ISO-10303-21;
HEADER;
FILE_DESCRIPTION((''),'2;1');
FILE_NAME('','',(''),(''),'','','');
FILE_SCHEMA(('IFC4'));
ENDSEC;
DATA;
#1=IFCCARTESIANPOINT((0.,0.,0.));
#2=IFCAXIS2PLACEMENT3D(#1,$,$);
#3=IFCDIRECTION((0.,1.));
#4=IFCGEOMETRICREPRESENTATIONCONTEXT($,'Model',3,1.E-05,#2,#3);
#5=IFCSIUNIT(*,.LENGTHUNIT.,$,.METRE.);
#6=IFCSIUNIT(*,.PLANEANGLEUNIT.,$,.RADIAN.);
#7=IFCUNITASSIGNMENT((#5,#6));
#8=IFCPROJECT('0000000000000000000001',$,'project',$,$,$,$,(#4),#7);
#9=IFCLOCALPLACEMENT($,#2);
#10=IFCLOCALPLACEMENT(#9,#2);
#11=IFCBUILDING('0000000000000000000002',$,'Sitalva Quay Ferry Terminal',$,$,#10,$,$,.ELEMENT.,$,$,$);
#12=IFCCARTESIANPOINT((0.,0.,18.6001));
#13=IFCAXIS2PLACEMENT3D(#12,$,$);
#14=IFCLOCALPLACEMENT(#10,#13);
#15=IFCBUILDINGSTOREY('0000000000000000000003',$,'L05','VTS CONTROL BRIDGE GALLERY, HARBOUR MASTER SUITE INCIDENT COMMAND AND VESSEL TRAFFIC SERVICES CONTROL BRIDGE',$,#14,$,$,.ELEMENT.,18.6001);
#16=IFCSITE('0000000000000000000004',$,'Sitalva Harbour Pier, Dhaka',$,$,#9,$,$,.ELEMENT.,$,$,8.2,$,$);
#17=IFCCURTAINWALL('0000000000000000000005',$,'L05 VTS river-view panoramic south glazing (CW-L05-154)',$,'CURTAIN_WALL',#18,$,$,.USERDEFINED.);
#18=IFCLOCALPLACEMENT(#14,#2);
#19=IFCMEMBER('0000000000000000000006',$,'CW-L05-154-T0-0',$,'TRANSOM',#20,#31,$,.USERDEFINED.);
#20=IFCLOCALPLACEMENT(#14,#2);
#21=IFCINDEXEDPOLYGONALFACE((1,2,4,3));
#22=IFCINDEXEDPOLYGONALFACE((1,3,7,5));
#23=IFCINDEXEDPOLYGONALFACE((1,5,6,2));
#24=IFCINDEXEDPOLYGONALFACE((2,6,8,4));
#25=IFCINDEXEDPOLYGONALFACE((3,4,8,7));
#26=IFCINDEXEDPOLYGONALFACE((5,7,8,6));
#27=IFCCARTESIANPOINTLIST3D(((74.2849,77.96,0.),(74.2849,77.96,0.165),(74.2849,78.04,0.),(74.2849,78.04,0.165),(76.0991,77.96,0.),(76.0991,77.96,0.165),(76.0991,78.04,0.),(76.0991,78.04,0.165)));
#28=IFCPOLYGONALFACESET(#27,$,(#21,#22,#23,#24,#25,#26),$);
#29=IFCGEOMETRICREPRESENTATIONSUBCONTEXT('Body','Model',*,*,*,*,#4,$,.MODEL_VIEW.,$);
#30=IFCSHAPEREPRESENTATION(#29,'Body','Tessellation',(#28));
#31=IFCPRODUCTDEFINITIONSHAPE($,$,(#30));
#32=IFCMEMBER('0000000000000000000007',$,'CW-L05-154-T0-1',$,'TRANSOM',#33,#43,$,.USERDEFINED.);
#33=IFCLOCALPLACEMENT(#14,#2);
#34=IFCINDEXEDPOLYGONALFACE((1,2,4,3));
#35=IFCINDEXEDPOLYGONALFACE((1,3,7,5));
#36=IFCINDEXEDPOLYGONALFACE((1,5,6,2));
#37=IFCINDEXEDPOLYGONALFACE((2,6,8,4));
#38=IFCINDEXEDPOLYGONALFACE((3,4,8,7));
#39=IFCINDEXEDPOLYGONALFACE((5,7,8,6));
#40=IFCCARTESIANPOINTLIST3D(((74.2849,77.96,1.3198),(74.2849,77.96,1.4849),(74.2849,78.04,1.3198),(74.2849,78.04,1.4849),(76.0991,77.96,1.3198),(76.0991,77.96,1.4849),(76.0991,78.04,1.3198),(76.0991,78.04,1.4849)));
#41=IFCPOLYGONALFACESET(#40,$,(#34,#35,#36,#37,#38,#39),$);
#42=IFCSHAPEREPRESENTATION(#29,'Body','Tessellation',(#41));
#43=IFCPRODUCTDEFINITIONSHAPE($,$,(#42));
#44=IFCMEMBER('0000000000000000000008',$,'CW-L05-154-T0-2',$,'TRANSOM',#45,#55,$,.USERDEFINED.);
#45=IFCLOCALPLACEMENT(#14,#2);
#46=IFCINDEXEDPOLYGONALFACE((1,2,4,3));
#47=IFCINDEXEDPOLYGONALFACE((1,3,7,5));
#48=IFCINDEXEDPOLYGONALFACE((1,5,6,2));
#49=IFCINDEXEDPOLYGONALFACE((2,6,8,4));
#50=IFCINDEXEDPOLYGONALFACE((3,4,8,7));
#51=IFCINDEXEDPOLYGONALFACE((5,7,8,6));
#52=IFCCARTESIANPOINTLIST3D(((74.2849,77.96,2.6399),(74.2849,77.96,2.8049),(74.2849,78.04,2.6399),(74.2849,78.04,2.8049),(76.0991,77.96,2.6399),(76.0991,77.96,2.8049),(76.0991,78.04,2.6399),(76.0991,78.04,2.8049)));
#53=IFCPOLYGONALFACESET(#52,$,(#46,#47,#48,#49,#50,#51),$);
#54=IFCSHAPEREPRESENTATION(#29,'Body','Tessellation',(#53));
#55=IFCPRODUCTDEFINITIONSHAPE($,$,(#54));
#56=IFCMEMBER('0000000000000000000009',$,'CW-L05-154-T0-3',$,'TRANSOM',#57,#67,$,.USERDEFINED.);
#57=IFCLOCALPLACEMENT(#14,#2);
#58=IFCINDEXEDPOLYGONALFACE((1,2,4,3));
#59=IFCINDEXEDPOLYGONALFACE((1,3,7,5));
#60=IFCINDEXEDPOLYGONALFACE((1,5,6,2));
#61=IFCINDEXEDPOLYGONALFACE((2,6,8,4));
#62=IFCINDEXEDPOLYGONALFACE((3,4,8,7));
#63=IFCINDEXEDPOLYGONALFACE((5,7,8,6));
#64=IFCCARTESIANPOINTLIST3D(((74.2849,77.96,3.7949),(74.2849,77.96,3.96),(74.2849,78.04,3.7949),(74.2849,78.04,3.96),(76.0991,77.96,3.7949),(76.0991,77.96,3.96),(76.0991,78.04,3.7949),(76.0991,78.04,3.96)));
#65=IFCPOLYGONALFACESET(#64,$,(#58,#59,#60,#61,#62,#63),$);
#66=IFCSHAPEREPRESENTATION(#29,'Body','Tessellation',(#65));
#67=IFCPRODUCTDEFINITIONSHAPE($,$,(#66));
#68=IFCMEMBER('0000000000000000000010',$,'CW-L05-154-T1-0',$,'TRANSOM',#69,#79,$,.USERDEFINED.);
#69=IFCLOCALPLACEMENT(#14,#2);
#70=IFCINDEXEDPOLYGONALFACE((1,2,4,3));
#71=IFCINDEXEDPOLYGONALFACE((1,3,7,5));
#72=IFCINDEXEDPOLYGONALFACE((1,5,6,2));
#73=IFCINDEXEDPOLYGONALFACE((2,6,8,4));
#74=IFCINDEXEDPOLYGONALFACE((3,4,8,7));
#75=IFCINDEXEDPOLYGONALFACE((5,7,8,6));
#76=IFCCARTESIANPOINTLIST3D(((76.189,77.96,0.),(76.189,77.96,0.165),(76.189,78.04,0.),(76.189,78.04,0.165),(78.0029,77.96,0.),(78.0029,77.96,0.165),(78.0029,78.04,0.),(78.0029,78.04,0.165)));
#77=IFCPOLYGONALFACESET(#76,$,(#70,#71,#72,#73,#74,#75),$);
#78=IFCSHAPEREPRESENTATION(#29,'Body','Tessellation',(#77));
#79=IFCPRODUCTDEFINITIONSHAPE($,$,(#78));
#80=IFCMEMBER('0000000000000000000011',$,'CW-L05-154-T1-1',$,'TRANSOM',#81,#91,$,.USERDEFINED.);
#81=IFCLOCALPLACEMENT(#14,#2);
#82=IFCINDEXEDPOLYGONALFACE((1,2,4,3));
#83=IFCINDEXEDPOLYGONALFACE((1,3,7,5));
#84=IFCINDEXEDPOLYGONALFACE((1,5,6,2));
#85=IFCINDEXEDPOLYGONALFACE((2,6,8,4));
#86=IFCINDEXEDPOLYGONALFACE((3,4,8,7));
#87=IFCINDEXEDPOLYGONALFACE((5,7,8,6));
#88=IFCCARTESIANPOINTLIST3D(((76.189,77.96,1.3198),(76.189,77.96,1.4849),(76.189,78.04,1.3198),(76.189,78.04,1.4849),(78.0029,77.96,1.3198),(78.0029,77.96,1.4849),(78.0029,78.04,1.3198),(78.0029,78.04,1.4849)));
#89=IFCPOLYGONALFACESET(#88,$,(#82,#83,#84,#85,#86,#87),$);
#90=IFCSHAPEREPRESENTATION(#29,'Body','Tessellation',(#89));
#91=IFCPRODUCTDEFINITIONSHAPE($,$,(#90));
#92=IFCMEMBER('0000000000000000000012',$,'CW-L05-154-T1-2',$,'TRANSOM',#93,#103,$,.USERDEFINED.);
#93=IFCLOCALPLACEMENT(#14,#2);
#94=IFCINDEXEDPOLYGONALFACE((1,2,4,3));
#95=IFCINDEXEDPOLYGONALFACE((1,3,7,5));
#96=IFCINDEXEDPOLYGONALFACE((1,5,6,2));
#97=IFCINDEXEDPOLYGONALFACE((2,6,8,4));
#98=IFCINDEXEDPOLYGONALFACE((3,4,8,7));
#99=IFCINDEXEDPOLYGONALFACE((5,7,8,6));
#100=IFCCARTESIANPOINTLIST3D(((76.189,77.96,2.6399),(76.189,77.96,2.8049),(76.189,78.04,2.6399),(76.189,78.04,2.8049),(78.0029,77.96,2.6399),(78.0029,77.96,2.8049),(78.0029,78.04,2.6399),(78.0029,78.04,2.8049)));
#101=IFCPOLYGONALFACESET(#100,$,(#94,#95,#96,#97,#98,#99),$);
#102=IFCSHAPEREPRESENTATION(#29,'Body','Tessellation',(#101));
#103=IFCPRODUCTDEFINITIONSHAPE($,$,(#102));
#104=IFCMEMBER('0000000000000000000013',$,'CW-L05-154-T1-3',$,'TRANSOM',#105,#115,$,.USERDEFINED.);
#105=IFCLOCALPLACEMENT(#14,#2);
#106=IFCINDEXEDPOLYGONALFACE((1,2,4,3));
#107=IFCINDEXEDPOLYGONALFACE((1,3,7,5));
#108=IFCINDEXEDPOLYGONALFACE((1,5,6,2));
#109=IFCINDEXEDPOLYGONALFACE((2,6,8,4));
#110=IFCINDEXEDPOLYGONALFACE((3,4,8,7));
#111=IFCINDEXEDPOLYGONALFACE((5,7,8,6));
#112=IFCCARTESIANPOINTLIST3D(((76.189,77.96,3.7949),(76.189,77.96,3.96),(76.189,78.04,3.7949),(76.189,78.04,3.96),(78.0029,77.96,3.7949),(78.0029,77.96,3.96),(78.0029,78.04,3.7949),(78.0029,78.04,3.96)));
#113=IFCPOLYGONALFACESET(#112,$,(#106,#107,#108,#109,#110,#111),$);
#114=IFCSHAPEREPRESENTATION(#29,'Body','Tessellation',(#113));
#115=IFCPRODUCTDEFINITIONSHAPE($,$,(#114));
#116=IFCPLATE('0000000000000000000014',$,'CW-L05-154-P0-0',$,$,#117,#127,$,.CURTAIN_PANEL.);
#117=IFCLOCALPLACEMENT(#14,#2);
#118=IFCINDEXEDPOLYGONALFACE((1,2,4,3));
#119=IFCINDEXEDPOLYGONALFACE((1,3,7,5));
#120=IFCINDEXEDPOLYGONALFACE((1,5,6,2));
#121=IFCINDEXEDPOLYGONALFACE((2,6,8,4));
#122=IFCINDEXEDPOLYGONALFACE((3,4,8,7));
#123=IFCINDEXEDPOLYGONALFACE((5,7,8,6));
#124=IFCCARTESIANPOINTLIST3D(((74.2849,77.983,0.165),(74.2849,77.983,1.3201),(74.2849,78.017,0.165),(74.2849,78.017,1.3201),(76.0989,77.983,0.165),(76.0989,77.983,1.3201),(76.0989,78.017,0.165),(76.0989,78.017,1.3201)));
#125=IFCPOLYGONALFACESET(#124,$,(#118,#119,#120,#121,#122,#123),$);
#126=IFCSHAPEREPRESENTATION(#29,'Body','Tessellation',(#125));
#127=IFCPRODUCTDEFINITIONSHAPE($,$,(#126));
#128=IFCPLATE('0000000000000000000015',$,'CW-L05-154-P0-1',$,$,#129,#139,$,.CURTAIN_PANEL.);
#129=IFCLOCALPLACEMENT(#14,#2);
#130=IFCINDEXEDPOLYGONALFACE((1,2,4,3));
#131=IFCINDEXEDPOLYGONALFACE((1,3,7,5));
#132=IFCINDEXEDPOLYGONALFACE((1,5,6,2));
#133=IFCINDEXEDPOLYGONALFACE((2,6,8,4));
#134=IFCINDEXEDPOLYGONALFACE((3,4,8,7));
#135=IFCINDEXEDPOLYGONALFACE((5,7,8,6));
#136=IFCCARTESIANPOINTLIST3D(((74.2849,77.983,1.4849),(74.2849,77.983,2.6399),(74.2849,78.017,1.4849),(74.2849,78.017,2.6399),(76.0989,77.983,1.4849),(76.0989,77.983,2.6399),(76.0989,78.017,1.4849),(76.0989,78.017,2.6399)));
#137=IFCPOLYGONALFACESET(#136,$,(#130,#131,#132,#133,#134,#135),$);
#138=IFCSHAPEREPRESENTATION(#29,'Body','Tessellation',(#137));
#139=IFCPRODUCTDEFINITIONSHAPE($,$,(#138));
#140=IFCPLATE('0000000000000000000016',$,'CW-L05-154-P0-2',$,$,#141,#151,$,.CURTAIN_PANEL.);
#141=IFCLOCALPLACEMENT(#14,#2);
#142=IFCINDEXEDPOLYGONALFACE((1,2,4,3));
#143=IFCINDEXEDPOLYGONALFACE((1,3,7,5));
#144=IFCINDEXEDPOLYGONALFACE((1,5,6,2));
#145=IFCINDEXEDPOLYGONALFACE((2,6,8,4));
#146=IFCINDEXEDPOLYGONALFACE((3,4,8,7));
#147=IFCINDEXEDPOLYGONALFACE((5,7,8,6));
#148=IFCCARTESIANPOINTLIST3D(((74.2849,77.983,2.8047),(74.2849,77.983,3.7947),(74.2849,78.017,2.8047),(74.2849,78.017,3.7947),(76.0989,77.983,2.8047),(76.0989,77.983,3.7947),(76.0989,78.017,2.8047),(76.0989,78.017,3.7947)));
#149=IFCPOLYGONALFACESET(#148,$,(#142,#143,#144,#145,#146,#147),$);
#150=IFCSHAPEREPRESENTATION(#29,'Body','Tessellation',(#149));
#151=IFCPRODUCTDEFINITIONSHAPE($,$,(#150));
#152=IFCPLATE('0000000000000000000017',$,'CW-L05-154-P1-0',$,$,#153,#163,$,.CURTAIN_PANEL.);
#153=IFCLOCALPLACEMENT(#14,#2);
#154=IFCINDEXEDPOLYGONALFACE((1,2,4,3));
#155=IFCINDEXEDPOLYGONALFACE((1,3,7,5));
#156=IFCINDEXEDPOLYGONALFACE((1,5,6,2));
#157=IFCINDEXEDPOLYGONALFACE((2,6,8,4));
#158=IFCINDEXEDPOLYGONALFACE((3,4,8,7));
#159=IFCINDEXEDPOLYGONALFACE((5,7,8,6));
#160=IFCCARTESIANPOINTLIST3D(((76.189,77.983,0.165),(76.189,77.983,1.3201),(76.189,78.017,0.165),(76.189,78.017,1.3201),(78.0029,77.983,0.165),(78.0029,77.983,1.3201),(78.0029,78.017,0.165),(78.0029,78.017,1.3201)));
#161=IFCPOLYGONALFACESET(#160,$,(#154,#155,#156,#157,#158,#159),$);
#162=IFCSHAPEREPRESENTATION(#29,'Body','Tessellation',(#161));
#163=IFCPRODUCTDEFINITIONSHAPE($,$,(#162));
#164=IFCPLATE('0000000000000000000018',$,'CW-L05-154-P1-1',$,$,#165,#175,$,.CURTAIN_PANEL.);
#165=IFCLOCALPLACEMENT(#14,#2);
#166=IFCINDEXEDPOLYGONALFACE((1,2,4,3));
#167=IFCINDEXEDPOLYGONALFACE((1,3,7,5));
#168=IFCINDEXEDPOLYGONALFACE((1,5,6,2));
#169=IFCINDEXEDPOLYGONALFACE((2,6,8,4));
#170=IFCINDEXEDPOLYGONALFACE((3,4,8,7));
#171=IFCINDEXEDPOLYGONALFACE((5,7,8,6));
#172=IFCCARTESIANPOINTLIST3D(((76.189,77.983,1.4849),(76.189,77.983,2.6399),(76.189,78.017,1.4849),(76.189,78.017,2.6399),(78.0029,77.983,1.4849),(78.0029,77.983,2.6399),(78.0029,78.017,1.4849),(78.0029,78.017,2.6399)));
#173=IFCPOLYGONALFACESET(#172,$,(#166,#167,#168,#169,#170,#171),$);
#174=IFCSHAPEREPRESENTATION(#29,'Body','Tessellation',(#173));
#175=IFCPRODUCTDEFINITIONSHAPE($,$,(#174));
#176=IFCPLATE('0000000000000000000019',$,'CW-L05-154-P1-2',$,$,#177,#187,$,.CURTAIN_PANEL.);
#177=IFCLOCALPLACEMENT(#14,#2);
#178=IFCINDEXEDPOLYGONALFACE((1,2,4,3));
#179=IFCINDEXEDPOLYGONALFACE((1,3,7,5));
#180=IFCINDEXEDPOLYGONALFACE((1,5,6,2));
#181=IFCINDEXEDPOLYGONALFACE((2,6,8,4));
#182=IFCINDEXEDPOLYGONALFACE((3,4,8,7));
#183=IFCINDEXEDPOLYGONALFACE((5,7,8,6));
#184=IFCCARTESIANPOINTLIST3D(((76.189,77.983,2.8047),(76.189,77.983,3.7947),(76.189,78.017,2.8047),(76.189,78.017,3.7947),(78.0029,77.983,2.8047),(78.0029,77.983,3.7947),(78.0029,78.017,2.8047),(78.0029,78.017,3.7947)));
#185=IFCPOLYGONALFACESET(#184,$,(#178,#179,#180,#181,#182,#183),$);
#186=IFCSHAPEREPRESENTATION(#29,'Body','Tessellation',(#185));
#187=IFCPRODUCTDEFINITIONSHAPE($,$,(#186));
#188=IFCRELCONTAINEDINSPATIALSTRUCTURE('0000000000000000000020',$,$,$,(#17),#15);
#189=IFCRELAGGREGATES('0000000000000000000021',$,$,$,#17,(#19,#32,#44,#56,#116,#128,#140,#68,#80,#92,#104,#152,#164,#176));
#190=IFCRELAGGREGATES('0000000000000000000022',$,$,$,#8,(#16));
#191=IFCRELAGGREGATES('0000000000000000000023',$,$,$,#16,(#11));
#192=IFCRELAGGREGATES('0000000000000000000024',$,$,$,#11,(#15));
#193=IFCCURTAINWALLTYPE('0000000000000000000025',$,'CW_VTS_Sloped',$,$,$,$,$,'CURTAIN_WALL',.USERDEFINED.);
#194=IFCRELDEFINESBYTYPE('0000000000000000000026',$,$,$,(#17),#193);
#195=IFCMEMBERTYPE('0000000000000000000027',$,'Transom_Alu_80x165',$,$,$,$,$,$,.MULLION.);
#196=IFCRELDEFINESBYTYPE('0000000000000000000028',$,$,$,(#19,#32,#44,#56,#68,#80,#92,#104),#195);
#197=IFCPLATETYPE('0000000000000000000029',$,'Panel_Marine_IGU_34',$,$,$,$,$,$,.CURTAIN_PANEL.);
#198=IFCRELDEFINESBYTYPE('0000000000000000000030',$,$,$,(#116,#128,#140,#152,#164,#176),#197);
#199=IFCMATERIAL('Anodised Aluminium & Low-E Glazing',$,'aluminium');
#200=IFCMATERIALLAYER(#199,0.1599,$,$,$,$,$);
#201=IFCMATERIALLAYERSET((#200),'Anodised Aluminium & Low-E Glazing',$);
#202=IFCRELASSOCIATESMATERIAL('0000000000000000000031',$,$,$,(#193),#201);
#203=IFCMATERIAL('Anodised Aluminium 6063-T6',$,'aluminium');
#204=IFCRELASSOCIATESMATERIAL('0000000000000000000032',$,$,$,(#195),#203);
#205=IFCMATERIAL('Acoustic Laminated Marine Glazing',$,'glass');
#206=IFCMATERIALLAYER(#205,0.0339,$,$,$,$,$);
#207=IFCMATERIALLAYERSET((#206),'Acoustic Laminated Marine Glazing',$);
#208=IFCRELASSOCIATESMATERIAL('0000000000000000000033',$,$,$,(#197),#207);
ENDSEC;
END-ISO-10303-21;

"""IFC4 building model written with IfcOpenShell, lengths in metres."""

from ifc_helpers import new_model, si_unit, direction, frame, origin, origin_2d, place, context, subcontext, project, spatial, rectangle, extrude, material, layer, layer_set, material_profile, profile_set, type_object, element, aggregate, save


model = new_model("IFC4")

# Units and contexts
model_context = context("Model", 3, precision=1e-05, world=origin(), true_north=direction((0.0, 1.0)))
body_context = subcontext(model_context, "Body", "Model", "MODEL_VIEW")
ifc_project = project(units=[si_unit("LENGTHUNIT", "METRE"), si_unit("PLANEANGLEUNIT", "RADIAN")], contexts=[model_context])

# Site, building, storey
site_placement = place(None, origin())
site = spatial("IfcSite", under=ifc_project, at=site_placement, Name="Sitalva Harbour Pier, Dhaka", CompositionType="ELEMENT", RefElevation=8.2)
building_placement = place(site_placement, origin())
building = spatial("IfcBuilding", under=site, at=building_placement, Name="Sitalva Quay Ferry Terminal", CompositionType="ELEMENT")
storey_placement = place(building_placement, frame((0.0, 0.0, 18.6001)))
storey = spatial("IfcBuildingStorey", under=building, at=storey_placement, Name="L05", Description="VTS CONTROL BRIDGE GALLERY, HARBOUR MASTER SUITE INCIDENT COMMAND AND VESSEL TRAFFIC SERVICES CONTROL BRIDGE", CompositionType="ELEMENT", Elevation=18.6001)

# Curtain wall, members, plates
ifc_material_1 = material(Name="Anodised Aluminium & Low-E Glazing", Category="aluminium")
ifc_layer_1 = layer(ifc_material_1, 0.1599)
ifc_layer_set_1 = layer_set([ifc_layer_1], Name="Anodised Aluminium & Low-E Glazing")
curtain_wall_type = type_object("IfcCurtainWallType", Name="CW_VTS_Sloped", ElementType="CURTAIN_WALL", PredefinedType="USERDEFINED", material=ifc_layer_set_1)
curtain_wall_placement = place(storey_placement, origin())
curtain_wall = element("IfcCurtainWall", 1, at=curtain_wall_placement, inside=storey, type_object=curtain_wall_type, Name="L05 VTS river-view panoramic south glazing (CW-L05-154)", ObjectType="CURTAIN_WALL", PredefinedType="USERDEFINED")
ifc_material_2 = material(Name="Anodised Aluminium 6063-T6", Category="aluminium")
ifc_material_profile_1 = material_profile(ifc_material_2, rectangle(XDim=0.0801, YDim=0.165, at=origin_2d()), Name="ALU80x165")
ifc_profile_set_1 = profile_set([ifc_material_profile_1], Name="Anodised Aluminium 6063-T6")
member_type_1 = type_object("IfcMemberType", Name="Transom_Alu_80x165", PredefinedType="MULLION", material=ifc_profile_set_1)
member_1_placement = place(storey_placement, frame((74.2849, 78.0, 0.0825), z_axis=(1.0, 0.0, 0.0), x_axis=(0.0, 1.0, 0.0)))
member_1 = element("IfcMember", 2, at=member_1_placement, type_object=member_type_1, Name="CW-L05-154-T0-0", ObjectType="TRANSOM", PredefinedType="USERDEFINED", context=body_context, shape_type="SweptSolid", body=[
    extrude(rectangle(XDim=0.0801, YDim=0.165, at=origin_2d()), origin(), (0.0, 0.0, 1.0), 1.8142),
])
member_2_placement = place(storey_placement, frame((74.2849, 78.0, 1.4023), z_axis=(1.0, 0.0, 0.0), x_axis=(0.0, 1.0, 0.0)))
member_2 = element("IfcMember", 3, at=member_2_placement, type_object=member_type_1, Name="CW-L05-154-T0-1", ObjectType="TRANSOM", PredefinedType="USERDEFINED", context=body_context, shape_type="SweptSolid", body=[
    extrude(rectangle(XDim=0.0801, YDim=0.165, at=origin_2d()), origin(), (0.0, 0.0, 1.0), 1.8142),
])
member_3_placement = place(storey_placement, frame((74.2849, 78.0, 2.7224), z_axis=(1.0, 0.0, 0.0), x_axis=(0.0, 1.0, 0.0)))
member_3 = element("IfcMember", 4, at=member_3_placement, type_object=member_type_1, Name="CW-L05-154-T0-2", ObjectType="TRANSOM", PredefinedType="USERDEFINED", context=body_context, shape_type="SweptSolid", body=[
    extrude(rectangle(XDim=0.0801, YDim=0.165, at=origin_2d()), origin(), (0.0, 0.0, 1.0), 1.8142),
])
member_4_placement = place(storey_placement, frame((74.2849, 78.0, 3.8774), z_axis=(1.0, 0.0, 0.0), x_axis=(0.0, 1.0, 0.0)))
member_4 = element("IfcMember", 5, at=member_4_placement, type_object=member_type_1, Name="CW-L05-154-T0-3", ObjectType="TRANSOM", PredefinedType="USERDEFINED", context=body_context, shape_type="SweptSolid", body=[
    extrude(rectangle(XDim=0.0801, YDim=0.165, at=origin_2d()), origin(), (0.0, 0.0, 1.0), 1.8142),
])
member_5_placement = place(storey_placement, frame((76.189, 78.0, 0.0825), z_axis=(1.0, 0.0, 0.0), x_axis=(0.0, 1.0, 0.0)))
member_5 = element("IfcMember", 6, at=member_5_placement, type_object=member_type_1, Name="CW-L05-154-T1-0", ObjectType="TRANSOM", PredefinedType="USERDEFINED", context=body_context, shape_type="SweptSolid", body=[
    extrude(rectangle(XDim=0.0801, YDim=0.165, at=origin_2d()), origin(), (0.0, 0.0, 1.0), 1.814),
])
member_6_placement = place(storey_placement, frame((76.189, 78.0, 1.4023), z_axis=(1.0, 0.0, 0.0), x_axis=(0.0, 1.0, 0.0)))
member_6 = element("IfcMember", 7, at=member_6_placement, type_object=member_type_1, Name="CW-L05-154-T1-1", ObjectType="TRANSOM", PredefinedType="USERDEFINED", context=body_context, shape_type="SweptSolid", body=[
    extrude(rectangle(XDim=0.0801, YDim=0.165, at=origin_2d()), origin(), (0.0, 0.0, 1.0), 1.814),
])
member_7_placement = place(storey_placement, frame((76.189, 78.0, 2.7224), z_axis=(1.0, 0.0, 0.0), x_axis=(0.0, 1.0, 0.0)))
member_7 = element("IfcMember", 8, at=member_7_placement, type_object=member_type_1, Name="CW-L05-154-T1-2", ObjectType="TRANSOM", PredefinedType="USERDEFINED", context=body_context, shape_type="SweptSolid", body=[
    extrude(rectangle(XDim=0.0801, YDim=0.165, at=origin_2d()), origin(), (0.0, 0.0, 1.0), 1.814),
])
member_8_placement = place(storey_placement, frame((76.189, 78.0, 3.8774), z_axis=(1.0, 0.0, 0.0), x_axis=(0.0, 1.0, 0.0)))
member_8 = element("IfcMember", 9, at=member_8_placement, type_object=member_type_1, Name="CW-L05-154-T1-3", ObjectType="TRANSOM", PredefinedType="USERDEFINED", context=body_context, shape_type="SweptSolid", body=[
    extrude(rectangle(XDim=0.0801, YDim=0.165, at=origin_2d()), origin(), (0.0, 0.0, 1.0), 1.814),
])
ifc_material_3 = material(Name="Acoustic Laminated Marine Glazing", Category="glass")
ifc_layer_2 = layer(ifc_material_3, 0.0339)
ifc_layer_set_2 = layer_set([ifc_layer_2], Name="Acoustic Laminated Marine Glazing")
plate_type = type_object("IfcPlateType", Name="Panel_Marine_IGU_34", PredefinedType="CURTAIN_PANEL", material=ifc_layer_set_2)
plate_1_placement = place(storey_placement, frame((75.1919, 78.0, 0.165), z_axis=(0.0, 0.0, 1.0), x_axis=(1.0, 0.0, 0.0)))
plate_1 = element("IfcPlate", 10, at=plate_1_placement, type_object=plate_type, Name="CW-L05-154-P0-0", PredefinedType="CURTAIN_PANEL", context=body_context, shape_type="SweptSolid", body=[
    extrude(rectangle(XDim=1.814, YDim=0.0339, at=origin_2d()), origin(), (0.0, 0.0, 1.0), 1.155),
])
plate_2_placement = place(storey_placement, frame((75.1919, 78.0, 1.4849), z_axis=(0.0, 0.0, 1.0), x_axis=(1.0, 0.0, 0.0)))
plate_2 = element("IfcPlate", 11, at=plate_2_placement, type_object=plate_type, Name="CW-L05-154-P0-1", PredefinedType="CURTAIN_PANEL", context=body_context, shape_type="SweptSolid", body=[
    extrude(rectangle(XDim=1.814, YDim=0.0339, at=origin_2d()), origin(), (0.0, 0.0, 1.0), 1.155),
])
plate_3_placement = place(storey_placement, frame((75.1919, 78.0, 2.8047), z_axis=(0.0, 0.0, 1.0), x_axis=(1.0, 0.0, 0.0)))
plate_3 = element("IfcPlate", 12, at=plate_3_placement, type_object=plate_type, Name="CW-L05-154-P0-2", PredefinedType="CURTAIN_PANEL", context=body_context, shape_type="SweptSolid", body=[
    extrude(rectangle(XDim=1.814, YDim=0.0339, at=origin_2d()), origin(), (0.0, 0.0, 1.0), 0.99),
])
plate_4_placement = place(storey_placement, frame((77.0959, 78.0, 0.165), z_axis=(0.0, 0.0, 1.0), x_axis=(1.0, 0.0, 0.0)))
plate_4 = element("IfcPlate", 13, at=plate_4_placement, type_object=plate_type, Name="CW-L05-154-P1-0", PredefinedType="CURTAIN_PANEL", context=body_context, shape_type="SweptSolid", body=[
    extrude(rectangle(XDim=1.814, YDim=0.0339, at=origin_2d()), origin(), (0.0, 0.0, 1.0), 1.155),
])
plate_5_placement = place(storey_placement, frame((77.0959, 78.0, 1.4849), z_axis=(0.0, 0.0, 1.0), x_axis=(1.0, 0.0, 0.0)))
plate_5 = element("IfcPlate", 14, at=plate_5_placement, type_object=plate_type, Name="CW-L05-154-P1-1", PredefinedType="CURTAIN_PANEL", context=body_context, shape_type="SweptSolid", body=[
    extrude(rectangle(XDim=1.814, YDim=0.0339, at=origin_2d()), origin(), (0.0, 0.0, 1.0), 1.155),
])
plate_6_placement = place(storey_placement, frame((77.0959, 78.0, 2.8047), z_axis=(0.0, 0.0, 1.0), x_axis=(1.0, 0.0, 0.0)))
plate_6 = element("IfcPlate", 15, at=plate_6_placement, type_object=plate_type, Name="CW-L05-154-P1-2", PredefinedType="CURTAIN_PANEL", context=body_context, shape_type="SweptSolid", body=[
    extrude(rectangle(XDim=1.814, YDim=0.0339, at=origin_2d()), origin(), (0.0, 0.0, 1.0), 0.99),
])
aggregate(curtain_wall, [member_1, member_2, member_3, member_4, plate_1, plate_2, plate_3, member_5, member_6, member_7, member_8, plate_4, plate_5, plate_6])

save(model, "model.ifc")
